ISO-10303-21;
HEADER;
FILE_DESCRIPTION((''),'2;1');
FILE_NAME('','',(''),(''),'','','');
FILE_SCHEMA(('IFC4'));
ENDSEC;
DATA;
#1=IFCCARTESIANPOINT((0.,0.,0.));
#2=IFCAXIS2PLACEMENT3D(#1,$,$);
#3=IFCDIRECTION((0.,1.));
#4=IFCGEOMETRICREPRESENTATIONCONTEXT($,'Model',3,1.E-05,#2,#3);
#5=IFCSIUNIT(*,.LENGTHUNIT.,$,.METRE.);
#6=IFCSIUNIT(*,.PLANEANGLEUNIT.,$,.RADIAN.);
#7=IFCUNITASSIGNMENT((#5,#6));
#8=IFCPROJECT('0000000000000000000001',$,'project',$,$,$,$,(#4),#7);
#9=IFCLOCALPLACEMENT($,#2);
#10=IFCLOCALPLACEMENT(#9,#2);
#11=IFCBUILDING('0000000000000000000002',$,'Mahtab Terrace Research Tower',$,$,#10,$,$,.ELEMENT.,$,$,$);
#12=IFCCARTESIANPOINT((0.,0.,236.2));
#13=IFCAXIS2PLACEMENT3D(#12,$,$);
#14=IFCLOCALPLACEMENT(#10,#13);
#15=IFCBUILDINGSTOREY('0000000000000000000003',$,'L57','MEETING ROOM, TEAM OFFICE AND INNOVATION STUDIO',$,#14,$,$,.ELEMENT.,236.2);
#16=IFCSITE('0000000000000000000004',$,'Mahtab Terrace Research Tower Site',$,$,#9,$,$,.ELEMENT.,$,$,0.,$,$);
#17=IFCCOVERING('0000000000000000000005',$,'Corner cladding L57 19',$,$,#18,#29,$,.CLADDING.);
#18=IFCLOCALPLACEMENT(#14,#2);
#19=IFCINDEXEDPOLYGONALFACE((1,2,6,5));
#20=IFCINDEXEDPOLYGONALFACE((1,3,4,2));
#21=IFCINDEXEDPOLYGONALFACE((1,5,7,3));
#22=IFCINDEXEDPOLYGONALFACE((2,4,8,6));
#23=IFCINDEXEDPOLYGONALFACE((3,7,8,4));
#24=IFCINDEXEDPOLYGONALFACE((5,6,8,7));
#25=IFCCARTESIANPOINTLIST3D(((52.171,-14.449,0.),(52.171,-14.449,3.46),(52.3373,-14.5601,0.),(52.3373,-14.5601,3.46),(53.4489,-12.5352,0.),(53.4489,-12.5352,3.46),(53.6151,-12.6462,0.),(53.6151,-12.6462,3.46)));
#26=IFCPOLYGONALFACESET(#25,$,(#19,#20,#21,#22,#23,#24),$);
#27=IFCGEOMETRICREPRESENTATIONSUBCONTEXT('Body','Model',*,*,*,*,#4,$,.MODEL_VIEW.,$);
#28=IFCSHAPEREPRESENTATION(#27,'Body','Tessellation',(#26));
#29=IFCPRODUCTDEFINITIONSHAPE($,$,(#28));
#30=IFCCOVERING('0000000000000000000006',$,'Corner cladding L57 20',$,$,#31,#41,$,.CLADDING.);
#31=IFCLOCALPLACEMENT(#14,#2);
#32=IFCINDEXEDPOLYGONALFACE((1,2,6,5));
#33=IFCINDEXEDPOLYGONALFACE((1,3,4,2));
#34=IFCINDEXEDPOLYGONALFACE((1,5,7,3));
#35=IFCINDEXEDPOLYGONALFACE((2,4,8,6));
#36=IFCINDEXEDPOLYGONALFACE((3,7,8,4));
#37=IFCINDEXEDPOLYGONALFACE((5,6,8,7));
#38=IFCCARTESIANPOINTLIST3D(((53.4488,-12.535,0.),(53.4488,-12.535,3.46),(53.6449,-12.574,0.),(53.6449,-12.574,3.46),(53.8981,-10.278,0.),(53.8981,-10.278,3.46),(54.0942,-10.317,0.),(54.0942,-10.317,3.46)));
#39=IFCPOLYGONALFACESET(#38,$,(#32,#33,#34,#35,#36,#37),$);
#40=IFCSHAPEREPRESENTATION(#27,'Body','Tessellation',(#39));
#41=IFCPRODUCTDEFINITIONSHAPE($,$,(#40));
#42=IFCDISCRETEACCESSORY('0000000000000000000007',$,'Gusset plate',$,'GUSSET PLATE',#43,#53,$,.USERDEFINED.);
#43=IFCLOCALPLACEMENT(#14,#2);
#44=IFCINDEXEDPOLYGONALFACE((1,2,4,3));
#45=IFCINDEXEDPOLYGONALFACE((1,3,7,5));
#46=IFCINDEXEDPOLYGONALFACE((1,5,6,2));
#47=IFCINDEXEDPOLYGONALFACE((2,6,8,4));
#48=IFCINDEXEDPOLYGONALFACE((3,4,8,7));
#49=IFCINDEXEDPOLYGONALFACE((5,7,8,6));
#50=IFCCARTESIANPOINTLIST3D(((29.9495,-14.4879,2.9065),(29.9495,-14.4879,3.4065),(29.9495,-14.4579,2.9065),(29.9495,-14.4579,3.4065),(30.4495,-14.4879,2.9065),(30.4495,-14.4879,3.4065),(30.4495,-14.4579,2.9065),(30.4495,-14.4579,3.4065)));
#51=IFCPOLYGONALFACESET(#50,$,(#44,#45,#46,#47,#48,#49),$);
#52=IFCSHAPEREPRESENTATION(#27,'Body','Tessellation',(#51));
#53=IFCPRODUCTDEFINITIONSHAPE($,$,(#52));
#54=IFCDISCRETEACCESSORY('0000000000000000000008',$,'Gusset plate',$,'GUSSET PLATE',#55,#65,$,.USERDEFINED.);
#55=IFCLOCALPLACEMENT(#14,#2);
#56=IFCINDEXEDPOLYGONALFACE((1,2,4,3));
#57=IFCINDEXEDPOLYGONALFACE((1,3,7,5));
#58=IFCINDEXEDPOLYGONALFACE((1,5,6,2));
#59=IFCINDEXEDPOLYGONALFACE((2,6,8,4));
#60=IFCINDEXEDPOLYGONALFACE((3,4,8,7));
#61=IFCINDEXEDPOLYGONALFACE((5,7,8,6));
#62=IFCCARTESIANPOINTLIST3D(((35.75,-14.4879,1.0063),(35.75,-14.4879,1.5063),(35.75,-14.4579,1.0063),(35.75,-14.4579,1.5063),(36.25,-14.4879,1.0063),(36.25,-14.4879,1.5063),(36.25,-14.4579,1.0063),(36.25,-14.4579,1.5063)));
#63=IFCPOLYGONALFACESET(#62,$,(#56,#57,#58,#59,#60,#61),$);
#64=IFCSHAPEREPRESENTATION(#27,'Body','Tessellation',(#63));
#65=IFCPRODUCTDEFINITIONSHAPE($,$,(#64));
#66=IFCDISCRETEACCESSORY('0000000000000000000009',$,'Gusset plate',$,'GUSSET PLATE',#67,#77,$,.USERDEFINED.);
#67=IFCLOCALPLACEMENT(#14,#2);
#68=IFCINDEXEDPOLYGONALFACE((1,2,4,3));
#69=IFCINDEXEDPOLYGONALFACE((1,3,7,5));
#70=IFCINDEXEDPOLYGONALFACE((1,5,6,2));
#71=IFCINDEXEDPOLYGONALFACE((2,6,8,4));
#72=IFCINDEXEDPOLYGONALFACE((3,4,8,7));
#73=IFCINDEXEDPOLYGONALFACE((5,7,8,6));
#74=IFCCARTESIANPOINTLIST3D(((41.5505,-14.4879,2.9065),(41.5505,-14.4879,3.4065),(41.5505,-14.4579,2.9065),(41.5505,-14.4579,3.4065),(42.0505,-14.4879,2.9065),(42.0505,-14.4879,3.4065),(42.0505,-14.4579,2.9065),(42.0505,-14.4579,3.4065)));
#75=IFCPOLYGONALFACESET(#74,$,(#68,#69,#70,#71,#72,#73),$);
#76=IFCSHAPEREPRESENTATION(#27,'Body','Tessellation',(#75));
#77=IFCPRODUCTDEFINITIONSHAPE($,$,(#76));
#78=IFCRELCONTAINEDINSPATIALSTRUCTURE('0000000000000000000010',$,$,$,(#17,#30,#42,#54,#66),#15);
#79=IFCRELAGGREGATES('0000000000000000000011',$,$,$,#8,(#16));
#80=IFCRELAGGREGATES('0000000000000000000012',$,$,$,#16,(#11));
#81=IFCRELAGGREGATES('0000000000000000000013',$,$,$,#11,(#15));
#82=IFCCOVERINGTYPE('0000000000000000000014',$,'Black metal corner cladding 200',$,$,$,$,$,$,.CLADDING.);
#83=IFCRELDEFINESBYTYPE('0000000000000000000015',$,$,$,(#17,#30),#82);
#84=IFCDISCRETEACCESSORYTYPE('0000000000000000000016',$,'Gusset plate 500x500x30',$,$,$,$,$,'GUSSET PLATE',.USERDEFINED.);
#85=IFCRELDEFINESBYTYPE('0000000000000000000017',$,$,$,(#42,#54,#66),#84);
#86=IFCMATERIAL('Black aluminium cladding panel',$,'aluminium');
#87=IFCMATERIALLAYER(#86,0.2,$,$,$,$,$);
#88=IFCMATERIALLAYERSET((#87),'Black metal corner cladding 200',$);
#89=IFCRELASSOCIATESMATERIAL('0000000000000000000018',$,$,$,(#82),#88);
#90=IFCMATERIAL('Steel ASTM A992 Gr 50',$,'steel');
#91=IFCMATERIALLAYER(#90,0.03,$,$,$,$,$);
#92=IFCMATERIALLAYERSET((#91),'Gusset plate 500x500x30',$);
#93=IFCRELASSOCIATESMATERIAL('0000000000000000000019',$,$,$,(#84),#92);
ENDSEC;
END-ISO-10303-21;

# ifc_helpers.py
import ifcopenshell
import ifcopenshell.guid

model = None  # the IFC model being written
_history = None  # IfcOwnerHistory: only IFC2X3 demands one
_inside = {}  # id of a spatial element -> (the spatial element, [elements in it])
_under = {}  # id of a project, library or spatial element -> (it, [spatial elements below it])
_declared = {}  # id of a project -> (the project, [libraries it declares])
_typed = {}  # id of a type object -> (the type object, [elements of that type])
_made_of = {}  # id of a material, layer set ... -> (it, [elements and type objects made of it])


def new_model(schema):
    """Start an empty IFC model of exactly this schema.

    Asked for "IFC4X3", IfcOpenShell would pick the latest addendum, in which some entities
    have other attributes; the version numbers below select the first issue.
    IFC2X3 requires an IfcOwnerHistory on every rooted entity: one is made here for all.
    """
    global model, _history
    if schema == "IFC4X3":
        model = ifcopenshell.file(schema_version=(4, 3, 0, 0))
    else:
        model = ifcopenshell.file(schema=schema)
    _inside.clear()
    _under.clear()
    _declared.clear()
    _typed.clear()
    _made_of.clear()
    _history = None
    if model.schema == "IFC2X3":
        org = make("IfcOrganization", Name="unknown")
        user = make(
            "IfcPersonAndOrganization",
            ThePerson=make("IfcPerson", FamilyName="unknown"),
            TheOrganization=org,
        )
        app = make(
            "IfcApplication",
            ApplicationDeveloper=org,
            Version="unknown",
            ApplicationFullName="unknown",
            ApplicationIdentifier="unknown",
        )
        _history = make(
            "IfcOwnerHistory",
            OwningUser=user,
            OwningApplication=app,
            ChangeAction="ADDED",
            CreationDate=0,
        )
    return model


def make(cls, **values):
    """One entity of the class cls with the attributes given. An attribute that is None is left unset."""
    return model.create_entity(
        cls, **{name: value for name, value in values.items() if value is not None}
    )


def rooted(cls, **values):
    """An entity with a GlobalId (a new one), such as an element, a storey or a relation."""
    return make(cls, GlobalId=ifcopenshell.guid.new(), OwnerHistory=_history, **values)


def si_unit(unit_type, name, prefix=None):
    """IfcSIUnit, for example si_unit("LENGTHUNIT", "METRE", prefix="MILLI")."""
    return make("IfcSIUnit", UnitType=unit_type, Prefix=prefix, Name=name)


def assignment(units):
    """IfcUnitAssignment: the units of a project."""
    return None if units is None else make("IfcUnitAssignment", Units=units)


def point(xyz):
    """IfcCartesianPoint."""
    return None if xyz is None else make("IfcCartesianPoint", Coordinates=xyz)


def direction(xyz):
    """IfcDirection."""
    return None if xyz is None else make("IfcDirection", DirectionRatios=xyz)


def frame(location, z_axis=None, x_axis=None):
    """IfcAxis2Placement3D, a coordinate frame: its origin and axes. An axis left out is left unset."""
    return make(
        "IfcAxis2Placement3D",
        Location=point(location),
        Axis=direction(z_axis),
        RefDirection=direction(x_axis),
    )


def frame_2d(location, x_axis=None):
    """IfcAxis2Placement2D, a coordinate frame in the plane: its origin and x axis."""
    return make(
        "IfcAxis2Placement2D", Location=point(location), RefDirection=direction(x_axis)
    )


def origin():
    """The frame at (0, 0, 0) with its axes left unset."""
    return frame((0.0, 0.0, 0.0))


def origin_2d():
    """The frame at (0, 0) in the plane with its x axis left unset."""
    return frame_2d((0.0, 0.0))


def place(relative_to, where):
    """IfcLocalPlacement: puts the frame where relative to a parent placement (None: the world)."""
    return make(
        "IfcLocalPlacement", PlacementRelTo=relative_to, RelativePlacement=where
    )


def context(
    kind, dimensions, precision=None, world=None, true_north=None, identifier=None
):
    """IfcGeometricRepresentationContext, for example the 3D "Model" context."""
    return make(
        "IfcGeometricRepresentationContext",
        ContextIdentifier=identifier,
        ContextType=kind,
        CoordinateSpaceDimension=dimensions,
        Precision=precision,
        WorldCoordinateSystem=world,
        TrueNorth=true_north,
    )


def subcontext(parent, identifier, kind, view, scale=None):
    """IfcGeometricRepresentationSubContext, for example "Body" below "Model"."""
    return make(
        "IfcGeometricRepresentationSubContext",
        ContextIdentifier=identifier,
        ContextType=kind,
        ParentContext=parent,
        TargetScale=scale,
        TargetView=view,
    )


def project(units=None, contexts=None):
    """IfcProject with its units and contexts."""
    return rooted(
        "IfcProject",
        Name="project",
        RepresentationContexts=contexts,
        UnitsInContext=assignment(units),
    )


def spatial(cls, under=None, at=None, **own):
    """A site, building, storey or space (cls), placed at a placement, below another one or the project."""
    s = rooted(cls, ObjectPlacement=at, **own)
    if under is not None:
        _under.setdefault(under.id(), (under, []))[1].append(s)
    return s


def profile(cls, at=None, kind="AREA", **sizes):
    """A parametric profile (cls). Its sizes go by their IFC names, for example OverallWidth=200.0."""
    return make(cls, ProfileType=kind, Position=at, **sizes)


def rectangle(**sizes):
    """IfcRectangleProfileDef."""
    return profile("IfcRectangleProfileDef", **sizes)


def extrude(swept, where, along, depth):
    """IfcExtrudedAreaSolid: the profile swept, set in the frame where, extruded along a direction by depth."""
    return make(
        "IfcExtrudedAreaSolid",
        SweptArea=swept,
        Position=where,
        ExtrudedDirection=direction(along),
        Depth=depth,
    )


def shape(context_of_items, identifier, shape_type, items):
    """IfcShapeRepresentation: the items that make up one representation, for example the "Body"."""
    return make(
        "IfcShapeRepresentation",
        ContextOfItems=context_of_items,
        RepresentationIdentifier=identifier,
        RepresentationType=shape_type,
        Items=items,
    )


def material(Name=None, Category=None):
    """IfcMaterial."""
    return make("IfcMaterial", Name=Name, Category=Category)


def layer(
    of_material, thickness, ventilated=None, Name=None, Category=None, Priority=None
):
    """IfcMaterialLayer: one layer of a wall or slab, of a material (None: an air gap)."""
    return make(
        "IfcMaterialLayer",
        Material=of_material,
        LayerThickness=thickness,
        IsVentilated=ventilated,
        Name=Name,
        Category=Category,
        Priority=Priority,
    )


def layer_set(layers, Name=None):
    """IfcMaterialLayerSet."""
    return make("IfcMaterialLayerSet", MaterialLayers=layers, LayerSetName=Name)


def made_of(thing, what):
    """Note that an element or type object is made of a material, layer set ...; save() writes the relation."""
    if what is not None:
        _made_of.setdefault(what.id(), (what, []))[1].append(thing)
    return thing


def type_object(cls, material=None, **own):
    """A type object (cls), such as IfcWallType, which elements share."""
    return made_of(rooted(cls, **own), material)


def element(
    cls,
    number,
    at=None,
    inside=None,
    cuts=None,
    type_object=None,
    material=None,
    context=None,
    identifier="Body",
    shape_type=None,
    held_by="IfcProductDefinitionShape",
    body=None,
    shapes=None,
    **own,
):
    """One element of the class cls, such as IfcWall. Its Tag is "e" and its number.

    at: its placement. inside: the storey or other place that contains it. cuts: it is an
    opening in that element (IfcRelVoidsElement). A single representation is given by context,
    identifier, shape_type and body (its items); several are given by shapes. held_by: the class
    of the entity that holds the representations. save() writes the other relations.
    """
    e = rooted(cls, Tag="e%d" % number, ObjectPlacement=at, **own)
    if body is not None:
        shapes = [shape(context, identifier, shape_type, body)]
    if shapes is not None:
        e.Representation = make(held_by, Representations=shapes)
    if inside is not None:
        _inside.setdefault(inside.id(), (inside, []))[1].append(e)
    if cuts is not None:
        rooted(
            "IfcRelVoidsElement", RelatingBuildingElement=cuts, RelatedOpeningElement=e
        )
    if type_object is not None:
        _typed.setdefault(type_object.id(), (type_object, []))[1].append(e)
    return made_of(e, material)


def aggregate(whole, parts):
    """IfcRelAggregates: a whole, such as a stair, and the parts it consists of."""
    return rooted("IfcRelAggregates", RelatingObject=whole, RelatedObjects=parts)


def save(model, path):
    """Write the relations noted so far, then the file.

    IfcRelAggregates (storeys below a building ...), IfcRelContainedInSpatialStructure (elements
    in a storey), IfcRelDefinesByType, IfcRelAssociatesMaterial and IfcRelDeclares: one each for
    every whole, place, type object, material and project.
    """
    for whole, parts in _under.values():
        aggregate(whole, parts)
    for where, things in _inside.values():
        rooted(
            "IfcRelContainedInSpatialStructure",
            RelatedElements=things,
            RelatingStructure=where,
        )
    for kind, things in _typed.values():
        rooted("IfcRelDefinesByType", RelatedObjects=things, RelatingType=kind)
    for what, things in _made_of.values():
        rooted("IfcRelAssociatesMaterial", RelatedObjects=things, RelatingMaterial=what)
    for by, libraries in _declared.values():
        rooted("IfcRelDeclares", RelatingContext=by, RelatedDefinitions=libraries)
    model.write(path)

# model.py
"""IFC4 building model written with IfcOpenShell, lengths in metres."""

from ifc_helpers import new_model, si_unit, direction, frame, origin, origin_2d, place, context, subcontext, project, spatial, rectangle, extrude, material, layer, layer_set, type_object, element, save


model = new_model("IFC4")

# Units and contexts
model_context = context("Model", 3, precision=1e-05, world=origin(), true_north=direction((0.0, 1.0)))
body_context = subcontext(model_context, "Body", "Model", "MODEL_VIEW")
ifc_project = project(units=[si_unit("LENGTHUNIT", "METRE"), si_unit("PLANEANGLEUNIT", "RADIAN")], contexts=[model_context])

# Site, building, storey
site_placement = place(None, origin())
site = spatial("IfcSite", under=ifc_project, at=site_placement, Name="Mahtab Terrace Research Tower Site", CompositionType="ELEMENT", RefElevation=0.0)
building_placement = place(site_placement, origin())
building = spatial("IfcBuilding", under=site, at=building_placement, Name="Mahtab Terrace Research Tower", CompositionType="ELEMENT")
storey_placement = place(building_placement, frame((0.0, 0.0, 236.2)))
storey = spatial("IfcBuildingStorey", under=building, at=storey_placement, Name="L57", Description="MEETING ROOM, TEAM OFFICE AND INNOVATION STUDIO", CompositionType="ELEMENT", Elevation=236.2)

# Shared definitions
ifc_material_1 = material(Name="Steel ASTM A992 Gr 50", Category="steel")

# Coverings
ifc_material_2 = material(Name="Black aluminium cladding panel", Category="aluminium")
ifc_layer_1 = layer(ifc_material_2, 0.2)
ifc_layer_set_1 = layer_set([ifc_layer_1], Name="Black metal corner cladding 200")
covering_type = type_object("IfcCoveringType", Name="Black metal corner cladding 200", PredefinedType="CLADDING", material=ifc_layer_set_1)
for number, where, z_axis, x_axis, name in (
    (1, (52.8931, -13.5476, 0.0), (0.0, 0.0, 1.0), (0.555291, 0.831656, 0.0), "Corner cladding L57 19"),
    (2, (53.7715, -11.426, 0.0), (0.0, 0.0, 1.0), (0.195212, 0.980761, 0.0), "Corner cladding L57 20"),
):
    element("IfcCovering", number, at=place(storey_placement, frame(where, z_axis=z_axis, x_axis=x_axis)), inside=storey, type_object=covering_type, Name=name, PredefinedType="CLADDING", context=body_context, shape_type="SweptSolid", body=[
        extrude(rectangle(XDim=2.3013, YDim=0.2, at=origin_2d()), origin(), (0.0, 0.0, 1.0), 3.46),
    ])

# Discrete accessories
ifc_layer_2 = layer(ifc_material_1, 0.03)
ifc_layer_set_2 = layer_set([ifc_layer_2], Name="Gusset plate 500x500x30")
discrete_accessory_type = type_object("IfcDiscreteAccessoryType", Name="Gusset plate 500x500x30", ElementType="GUSSET PLATE", PredefinedType="USERDEFINED", material=ifc_layer_set_2)
for number, where, z_axis, x_axis, name in (
    (3, (30.1995, -14.4729, 2.9065), (0.0, 0.0, 1.0), (1.0, 0.0, 0.0), "Gusset plate"),
    (4, (36.0, -14.4729, 1.0063), (0.0, 0.0, 1.0), (1.0, 0.0, 0.0), "Gusset plate"),
    (5, (41.8005, -14.4729, 2.9065), (0.0, 0.0, 1.0), (1.0, 0.0, 0.0), "Gusset plate"),
):
    element("IfcDiscreteAccessory", number, at=place(storey_placement, frame(where, z_axis=z_axis, x_axis=x_axis)), inside=storey, type_object=discrete_accessory_type, Name=name, ObjectType="GUSSET PLATE", PredefinedType="USERDEFINED", context=body_context, shape_type="SweptSolid", body=[
        extrude(rectangle(XDim=0.5, YDim=0.03, at=origin_2d()), origin(), (0.0, 0.0, 1.0), 0.5),
    ])

save(model, "model.ifc")
